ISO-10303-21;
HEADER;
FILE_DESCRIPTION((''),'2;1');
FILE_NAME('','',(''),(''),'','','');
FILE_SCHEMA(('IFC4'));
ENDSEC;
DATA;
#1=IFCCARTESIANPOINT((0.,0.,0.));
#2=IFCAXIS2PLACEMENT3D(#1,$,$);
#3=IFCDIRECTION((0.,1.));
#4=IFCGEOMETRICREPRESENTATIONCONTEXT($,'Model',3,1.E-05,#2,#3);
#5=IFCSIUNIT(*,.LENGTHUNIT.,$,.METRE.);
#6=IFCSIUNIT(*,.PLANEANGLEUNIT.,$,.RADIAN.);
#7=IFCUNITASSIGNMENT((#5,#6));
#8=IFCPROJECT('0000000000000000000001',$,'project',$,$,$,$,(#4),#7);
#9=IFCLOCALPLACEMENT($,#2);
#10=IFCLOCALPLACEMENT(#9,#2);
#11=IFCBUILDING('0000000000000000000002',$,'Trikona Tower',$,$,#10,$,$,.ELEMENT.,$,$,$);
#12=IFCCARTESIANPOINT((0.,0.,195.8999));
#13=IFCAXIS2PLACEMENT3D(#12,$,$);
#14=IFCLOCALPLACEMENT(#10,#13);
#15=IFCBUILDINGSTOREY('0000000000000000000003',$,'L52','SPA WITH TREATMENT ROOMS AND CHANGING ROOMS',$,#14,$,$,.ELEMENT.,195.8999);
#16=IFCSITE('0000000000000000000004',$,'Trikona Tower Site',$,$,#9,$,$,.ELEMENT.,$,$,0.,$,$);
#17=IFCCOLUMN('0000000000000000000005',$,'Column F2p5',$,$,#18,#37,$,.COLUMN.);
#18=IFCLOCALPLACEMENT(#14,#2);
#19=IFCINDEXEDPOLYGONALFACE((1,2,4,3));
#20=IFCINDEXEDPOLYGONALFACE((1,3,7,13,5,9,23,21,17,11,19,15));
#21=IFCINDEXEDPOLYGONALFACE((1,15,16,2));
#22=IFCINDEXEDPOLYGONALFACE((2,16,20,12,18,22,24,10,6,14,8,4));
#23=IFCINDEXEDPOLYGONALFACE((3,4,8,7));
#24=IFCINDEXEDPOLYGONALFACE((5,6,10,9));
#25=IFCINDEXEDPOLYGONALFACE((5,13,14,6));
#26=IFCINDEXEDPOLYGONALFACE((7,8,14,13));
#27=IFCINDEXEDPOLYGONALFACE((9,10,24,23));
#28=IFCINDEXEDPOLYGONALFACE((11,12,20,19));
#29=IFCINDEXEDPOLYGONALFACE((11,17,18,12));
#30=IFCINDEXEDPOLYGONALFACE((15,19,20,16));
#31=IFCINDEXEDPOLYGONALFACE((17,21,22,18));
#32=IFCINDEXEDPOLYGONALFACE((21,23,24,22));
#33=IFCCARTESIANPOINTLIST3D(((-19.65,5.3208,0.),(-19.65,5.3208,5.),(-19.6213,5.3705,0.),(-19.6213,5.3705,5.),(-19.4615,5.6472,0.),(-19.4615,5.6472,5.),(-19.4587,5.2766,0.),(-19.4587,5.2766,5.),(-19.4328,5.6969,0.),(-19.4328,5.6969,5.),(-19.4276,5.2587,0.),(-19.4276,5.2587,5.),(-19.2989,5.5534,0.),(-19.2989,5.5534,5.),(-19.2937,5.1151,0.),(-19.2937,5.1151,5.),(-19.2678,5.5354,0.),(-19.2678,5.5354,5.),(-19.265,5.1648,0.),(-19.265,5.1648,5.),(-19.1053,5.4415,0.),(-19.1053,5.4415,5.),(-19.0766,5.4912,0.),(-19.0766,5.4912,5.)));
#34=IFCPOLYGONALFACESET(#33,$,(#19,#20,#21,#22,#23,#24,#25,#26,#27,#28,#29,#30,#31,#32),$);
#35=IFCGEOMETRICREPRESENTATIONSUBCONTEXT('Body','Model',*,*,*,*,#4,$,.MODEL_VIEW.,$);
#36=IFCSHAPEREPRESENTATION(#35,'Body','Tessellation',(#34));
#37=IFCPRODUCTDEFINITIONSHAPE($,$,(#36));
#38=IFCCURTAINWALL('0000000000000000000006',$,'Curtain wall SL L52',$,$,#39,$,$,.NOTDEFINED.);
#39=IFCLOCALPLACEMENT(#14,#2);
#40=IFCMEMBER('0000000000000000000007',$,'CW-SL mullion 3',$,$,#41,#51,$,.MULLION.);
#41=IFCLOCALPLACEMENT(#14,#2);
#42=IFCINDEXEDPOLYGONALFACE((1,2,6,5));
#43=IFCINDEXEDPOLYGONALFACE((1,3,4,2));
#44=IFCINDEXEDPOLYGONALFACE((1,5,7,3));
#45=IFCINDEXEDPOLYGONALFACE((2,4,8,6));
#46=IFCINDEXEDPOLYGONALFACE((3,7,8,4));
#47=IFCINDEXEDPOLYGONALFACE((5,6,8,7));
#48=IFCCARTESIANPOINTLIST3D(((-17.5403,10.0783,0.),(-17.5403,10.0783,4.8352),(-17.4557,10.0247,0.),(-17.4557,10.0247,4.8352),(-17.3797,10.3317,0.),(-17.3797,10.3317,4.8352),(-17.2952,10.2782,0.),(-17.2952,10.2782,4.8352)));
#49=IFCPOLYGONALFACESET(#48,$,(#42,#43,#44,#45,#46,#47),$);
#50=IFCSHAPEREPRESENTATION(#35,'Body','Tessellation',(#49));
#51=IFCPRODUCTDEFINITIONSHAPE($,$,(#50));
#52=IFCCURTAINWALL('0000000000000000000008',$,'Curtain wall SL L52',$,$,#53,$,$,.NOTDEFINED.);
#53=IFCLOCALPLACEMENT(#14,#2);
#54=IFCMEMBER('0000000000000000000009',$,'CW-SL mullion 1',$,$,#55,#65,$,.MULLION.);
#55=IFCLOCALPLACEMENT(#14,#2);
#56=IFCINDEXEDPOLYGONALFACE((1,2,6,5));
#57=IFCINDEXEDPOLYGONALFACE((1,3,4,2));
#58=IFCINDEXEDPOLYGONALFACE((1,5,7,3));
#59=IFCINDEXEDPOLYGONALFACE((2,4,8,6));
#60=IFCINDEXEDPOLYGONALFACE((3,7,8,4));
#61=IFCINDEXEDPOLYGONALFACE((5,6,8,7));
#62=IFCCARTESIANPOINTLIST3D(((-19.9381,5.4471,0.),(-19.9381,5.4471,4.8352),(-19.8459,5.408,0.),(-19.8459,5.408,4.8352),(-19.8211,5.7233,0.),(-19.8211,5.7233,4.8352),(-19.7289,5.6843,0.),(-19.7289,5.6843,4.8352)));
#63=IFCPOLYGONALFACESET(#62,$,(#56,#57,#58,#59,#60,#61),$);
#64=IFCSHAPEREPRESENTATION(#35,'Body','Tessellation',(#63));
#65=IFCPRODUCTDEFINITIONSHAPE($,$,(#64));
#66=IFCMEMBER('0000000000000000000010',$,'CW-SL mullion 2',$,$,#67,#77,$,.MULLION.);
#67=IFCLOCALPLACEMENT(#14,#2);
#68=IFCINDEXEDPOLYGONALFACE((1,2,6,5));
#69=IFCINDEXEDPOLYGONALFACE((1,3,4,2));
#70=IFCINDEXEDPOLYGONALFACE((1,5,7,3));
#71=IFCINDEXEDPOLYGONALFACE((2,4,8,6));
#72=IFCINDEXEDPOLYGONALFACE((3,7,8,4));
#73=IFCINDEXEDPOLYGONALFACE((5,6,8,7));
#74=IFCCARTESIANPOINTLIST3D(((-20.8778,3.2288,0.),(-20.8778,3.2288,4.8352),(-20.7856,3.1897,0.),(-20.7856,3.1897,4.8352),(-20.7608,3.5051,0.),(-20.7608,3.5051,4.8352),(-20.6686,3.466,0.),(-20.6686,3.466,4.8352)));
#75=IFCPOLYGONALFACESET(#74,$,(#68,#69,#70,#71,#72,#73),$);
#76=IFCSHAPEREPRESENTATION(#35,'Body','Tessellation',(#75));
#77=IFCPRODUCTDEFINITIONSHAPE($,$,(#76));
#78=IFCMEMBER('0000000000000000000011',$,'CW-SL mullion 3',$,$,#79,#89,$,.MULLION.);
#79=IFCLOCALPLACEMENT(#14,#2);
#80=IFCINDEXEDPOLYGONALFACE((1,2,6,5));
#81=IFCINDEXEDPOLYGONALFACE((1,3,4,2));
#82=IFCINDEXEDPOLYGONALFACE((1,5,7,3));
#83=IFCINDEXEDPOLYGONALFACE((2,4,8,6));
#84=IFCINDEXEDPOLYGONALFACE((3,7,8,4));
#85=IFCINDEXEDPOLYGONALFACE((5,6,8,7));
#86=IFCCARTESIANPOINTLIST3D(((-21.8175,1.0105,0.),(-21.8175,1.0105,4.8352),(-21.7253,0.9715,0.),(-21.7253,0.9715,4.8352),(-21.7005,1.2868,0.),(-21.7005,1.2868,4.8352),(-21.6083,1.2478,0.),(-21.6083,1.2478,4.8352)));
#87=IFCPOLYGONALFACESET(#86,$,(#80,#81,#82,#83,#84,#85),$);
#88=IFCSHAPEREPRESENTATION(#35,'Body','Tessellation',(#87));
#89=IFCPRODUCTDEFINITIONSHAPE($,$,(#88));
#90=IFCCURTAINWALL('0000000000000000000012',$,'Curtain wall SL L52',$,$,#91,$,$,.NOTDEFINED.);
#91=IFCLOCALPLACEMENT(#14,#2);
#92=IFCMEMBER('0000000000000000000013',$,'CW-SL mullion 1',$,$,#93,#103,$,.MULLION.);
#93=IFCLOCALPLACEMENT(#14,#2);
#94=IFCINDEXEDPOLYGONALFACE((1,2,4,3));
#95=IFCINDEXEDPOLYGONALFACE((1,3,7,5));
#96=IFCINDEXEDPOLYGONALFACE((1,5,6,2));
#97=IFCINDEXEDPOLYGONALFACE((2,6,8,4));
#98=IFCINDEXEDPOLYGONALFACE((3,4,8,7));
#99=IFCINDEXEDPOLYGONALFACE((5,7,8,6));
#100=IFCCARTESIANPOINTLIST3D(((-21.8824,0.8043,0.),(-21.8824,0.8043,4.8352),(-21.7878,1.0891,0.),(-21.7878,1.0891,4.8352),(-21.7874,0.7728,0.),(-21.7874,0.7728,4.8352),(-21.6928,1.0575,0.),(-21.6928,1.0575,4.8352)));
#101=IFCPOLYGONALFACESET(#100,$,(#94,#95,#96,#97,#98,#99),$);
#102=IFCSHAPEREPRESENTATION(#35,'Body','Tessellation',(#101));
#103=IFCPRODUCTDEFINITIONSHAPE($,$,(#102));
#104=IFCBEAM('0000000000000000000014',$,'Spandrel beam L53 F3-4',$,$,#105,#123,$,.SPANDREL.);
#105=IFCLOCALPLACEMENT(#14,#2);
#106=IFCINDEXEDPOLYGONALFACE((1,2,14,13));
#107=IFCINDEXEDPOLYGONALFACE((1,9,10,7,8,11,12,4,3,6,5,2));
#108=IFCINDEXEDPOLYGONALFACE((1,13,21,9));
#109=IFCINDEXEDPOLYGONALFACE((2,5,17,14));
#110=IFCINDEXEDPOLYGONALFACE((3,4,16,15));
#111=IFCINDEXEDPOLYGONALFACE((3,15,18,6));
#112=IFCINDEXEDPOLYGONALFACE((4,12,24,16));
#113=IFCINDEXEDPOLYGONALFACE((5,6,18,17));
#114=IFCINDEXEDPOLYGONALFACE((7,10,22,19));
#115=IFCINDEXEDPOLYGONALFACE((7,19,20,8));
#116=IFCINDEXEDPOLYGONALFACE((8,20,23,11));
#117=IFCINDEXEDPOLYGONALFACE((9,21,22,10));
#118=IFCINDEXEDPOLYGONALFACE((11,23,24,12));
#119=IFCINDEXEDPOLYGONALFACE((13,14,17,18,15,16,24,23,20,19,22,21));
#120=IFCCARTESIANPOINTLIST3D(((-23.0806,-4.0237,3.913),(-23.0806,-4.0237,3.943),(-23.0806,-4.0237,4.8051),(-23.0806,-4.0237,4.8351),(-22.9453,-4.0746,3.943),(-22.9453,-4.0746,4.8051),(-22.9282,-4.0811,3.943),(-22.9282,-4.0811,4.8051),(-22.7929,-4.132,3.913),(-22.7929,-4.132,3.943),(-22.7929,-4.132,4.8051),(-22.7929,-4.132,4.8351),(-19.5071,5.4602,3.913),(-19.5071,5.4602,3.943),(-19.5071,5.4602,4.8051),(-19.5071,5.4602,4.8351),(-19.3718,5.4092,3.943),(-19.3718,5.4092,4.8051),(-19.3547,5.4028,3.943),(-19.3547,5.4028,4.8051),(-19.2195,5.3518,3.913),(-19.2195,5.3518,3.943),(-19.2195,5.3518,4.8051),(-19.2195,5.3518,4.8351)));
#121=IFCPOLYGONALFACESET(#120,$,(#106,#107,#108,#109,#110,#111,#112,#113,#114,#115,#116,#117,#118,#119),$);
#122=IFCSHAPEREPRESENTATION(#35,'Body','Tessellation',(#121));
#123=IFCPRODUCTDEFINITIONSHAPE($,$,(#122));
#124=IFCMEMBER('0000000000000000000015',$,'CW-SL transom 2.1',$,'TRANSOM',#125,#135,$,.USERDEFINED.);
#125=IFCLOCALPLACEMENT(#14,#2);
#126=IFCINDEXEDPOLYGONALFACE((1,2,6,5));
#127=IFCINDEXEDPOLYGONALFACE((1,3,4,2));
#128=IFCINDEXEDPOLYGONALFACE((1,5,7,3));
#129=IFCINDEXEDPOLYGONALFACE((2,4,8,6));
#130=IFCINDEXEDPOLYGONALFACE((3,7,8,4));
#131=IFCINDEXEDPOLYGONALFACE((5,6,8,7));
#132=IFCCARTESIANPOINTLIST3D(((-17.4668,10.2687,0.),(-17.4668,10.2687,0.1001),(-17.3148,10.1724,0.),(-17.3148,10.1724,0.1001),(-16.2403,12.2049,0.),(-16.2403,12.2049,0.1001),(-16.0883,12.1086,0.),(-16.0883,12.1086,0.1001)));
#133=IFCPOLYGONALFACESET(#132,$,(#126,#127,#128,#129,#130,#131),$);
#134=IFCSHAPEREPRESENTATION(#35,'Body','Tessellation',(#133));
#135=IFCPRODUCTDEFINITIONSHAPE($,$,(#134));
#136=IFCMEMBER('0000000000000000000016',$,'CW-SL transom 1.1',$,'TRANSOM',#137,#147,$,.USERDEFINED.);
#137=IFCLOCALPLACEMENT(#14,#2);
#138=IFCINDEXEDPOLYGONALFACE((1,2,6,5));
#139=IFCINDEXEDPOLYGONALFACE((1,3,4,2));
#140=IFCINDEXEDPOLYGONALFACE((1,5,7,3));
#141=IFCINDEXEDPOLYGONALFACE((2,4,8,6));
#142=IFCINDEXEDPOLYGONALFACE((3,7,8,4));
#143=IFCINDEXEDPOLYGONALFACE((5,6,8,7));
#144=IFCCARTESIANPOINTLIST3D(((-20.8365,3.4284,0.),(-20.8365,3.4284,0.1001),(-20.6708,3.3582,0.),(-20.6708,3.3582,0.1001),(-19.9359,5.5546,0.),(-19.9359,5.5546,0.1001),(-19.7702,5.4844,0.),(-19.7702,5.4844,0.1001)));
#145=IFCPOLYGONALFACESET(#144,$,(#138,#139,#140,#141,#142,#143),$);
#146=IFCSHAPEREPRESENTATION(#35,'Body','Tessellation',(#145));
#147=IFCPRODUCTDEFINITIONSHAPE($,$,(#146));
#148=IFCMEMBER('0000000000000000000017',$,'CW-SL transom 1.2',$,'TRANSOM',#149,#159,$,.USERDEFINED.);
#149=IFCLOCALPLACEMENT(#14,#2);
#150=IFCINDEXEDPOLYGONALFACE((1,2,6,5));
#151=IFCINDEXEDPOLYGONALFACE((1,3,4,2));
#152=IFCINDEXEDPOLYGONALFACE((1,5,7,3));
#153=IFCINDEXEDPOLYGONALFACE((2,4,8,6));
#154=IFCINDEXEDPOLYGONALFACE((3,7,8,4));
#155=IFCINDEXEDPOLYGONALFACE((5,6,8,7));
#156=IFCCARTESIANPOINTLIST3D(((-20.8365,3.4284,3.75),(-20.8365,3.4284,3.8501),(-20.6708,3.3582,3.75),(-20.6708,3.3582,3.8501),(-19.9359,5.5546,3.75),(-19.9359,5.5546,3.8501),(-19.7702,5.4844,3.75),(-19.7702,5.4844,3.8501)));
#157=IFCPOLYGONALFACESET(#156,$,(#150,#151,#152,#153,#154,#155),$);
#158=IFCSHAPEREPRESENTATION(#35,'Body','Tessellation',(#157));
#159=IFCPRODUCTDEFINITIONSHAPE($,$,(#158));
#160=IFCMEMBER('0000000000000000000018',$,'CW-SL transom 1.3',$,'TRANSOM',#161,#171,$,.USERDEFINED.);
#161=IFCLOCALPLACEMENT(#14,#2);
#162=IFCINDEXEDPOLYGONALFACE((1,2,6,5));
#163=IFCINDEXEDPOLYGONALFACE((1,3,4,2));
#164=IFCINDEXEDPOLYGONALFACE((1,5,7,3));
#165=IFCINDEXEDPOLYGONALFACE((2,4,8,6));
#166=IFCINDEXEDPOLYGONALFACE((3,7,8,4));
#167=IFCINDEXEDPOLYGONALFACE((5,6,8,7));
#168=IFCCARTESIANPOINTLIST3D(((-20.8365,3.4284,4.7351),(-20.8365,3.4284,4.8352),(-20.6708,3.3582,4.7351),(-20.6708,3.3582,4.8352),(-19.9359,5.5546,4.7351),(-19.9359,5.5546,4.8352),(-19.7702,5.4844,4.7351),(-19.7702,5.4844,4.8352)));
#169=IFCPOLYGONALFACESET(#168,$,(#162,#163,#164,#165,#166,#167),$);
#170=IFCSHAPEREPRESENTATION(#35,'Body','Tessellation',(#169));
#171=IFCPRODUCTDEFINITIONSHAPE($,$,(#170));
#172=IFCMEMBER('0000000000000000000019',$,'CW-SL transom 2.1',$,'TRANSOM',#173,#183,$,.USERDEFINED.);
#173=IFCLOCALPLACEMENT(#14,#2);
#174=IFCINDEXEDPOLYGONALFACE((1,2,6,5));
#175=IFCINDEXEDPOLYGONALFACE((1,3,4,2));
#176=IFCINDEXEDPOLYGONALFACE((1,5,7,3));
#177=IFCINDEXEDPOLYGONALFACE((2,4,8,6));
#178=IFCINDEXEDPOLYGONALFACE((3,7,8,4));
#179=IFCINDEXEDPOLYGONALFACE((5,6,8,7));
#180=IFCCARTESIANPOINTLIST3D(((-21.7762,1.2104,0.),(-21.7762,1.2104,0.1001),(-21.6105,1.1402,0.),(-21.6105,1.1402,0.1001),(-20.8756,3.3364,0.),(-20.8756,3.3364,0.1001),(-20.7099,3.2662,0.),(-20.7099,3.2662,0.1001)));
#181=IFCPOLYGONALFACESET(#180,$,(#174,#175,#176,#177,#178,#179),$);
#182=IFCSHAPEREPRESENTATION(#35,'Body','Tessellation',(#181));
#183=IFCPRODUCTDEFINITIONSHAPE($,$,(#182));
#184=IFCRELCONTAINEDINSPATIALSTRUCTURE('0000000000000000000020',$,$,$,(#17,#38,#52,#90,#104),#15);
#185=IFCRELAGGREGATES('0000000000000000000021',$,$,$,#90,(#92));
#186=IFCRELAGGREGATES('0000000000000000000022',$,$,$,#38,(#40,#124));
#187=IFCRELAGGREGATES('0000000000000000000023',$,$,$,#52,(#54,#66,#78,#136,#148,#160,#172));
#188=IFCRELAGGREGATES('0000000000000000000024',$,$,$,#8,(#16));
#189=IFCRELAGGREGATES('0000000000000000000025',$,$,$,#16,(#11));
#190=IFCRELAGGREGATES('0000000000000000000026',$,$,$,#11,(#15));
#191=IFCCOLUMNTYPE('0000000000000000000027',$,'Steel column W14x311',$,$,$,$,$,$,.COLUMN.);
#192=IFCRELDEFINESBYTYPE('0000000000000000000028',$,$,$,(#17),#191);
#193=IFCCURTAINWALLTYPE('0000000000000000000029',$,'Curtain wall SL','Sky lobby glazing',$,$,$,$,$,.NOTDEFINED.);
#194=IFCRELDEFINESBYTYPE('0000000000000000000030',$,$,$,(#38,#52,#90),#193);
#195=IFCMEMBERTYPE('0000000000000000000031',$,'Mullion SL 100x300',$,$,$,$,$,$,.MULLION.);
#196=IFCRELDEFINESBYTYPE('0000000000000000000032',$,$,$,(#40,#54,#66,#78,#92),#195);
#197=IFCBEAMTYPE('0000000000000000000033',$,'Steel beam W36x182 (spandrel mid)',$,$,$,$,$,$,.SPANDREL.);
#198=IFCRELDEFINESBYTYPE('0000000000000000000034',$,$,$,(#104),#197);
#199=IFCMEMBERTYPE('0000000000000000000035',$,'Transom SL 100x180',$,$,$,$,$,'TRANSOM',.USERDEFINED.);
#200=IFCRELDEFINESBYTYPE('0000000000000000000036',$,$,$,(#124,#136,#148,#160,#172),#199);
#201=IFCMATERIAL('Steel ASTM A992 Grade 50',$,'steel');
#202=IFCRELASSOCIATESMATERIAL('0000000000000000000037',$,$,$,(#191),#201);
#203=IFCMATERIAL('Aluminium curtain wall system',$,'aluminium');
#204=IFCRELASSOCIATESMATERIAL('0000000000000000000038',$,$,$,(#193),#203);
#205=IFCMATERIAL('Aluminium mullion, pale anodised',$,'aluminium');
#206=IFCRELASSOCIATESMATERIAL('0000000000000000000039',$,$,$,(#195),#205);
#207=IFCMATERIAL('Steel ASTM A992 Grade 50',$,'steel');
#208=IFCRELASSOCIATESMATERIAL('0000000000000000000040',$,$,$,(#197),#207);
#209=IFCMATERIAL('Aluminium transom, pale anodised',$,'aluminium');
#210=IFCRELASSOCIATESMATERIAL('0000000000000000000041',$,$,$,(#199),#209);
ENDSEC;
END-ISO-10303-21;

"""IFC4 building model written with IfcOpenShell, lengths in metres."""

from ifc_helpers import new_model, si_unit, direction, frame, origin, origin_2d, place, context, subcontext, project, spatial, rectangle, i_section, extrude, material, material_profile, profile_set, type_object, element, aggregate, save


model = new_model("IFC4")

# Units and contexts
model_context = context("Model", 3, precision=1e-05, world=origin(), true_north=direction((0.0, 1.0)))
body_context = subcontext(model_context, "Body", "Model", "MODEL_VIEW")
ifc_project = project(units=[si_unit("LENGTHUNIT", "METRE"), si_unit("PLANEANGLEUNIT", "RADIAN")], contexts=[model_context])

# Site, building, storey
site_placement = place(None, origin())
site = spatial("IfcSite", under=ifc_project, at=site_placement, Name="Trikona Tower Site", CompositionType="ELEMENT", RefElevation=0.0)
building_placement = place(site_placement, origin())
building = spatial("IfcBuilding", under=site, at=building_placement, Name="Trikona Tower", CompositionType="ELEMENT")
storey_placement = place(building_placement, frame((0.0, 0.0, 195.8999)))
storey = spatial("IfcBuildingStorey", under=building, at=storey_placement, Name="L52", Description="SPA WITH TREATMENT ROOMS AND CHANGING ROOMS", CompositionType="ELEMENT", Elevation=195.8999)

# Column
ifc_material_1 = material(Name="Steel ASTM A992 Grade 50", Category="steel")
ifc_material_profile_1 = material_profile(ifc_material_1, i_section(OverallWidth=0.4114, OverallDepth=0.4343, WebThickness=0.0359, FlangeThickness=0.0574, at=origin_2d()), Name="W14X311")
ifc_profile_set_1 = profile_set([ifc_material_profile_1], Name="Steel ASTM A992 Grade 50")
column_type = type_object("IfcColumnType", Name="Steel column W14x311", PredefinedType="COLUMN", material=ifc_profile_set_1)
column_placement = place(storey_placement, frame((-19.3633, 5.406, 0.0), z_axis=(0.0, 0.0, 1.0), x_axis=(-0.866025, 0.5, 0.0)))
element("IfcColumn", 1, at=column_placement, inside=storey, type_object=column_type, Name="Column F2p5", PredefinedType="COLUMN", context=body_context, shape_type="SweptSolid", body=[
    extrude(i_section(OverallWidth=0.4114, OverallDepth=0.4343, WebThickness=0.0359, FlangeThickness=0.0574, at=origin_2d()), origin(), (0.0, 0.0, 1.0), 5.0),
])

# Curtain wall, member
ifc_material_2 = material(Name="Aluminium curtain wall system", Category="aluminium")
curtain_wall_type = type_object("IfcCurtainWallType", Name="Curtain wall SL", Description="Sky lobby glazing", PredefinedType="NOTDEFINED", material=ifc_material_2)
curtain_wall_1_placement = place(storey_placement, origin())
curtain_wall_1 = element("IfcCurtainWall", 2, at=curtain_wall_1_placement, inside=storey, type_object=curtain_wall_type, Name="Curtain wall SL L52", PredefinedType="NOTDEFINED")
ifc_material_3 = material(Name="Aluminium mullion, pale anodised", Category="aluminium")
ifc_material_profile_2 = material_profile(ifc_material_3, rectangle(XDim=0.1001, YDim=0.3, at=origin_2d()), Name="MUL-SL")
ifc_profile_set_2 = profile_set([ifc_material_profile_2], Name="Aluminium mullion, pale anodised")
member_type_1 = type_object("IfcMemberType", Name="Mullion SL 100x300", PredefinedType="MULLION", material=ifc_profile_set_2)
member_1_placement = place(storey_placement, frame((-17.4177, 10.1782, 0.0), z_axis=(0.0, 0.0, 1.0), x_axis=(0.844718, -0.535212, 0.0)))
member_1 = element("IfcMember", 3, at=member_1_placement, type_object=member_type_1, Name="CW-SL mullion 3", PredefinedType="MULLION", context=body_context, shape_type="SweptSolid", body=[
    extrude(rectangle(XDim=0.1001, YDim=0.3, at=origin_2d()), origin(), (0.0, 0.0, 1.0), 4.8352),
])

# Curtain wall, members
curtain_wall_2_placement = place(storey_placement, origin())
curtain_wall_2 = element("IfcCurtainWall", 4, at=curtain_wall_2_placement, inside=storey, type_object=curtain_wall_type, Name="Curtain wall SL L52", PredefinedType="NOTDEFINED")
member_2_placement = place(storey_placement, frame((-19.8335, 5.5657, 0.0), z_axis=(0.0, 0.0, 1.0), x_axis=(0.920792, -0.390053, 0.0)))
member_2 = element("IfcMember", 5, at=member_2_placement, type_object=member_type_1, Name="CW-SL mullion 1", PredefinedType="MULLION", context=body_context, shape_type="SweptSolid", body=[
    extrude(rectangle(XDim=0.1001, YDim=0.3, at=origin_2d()), origin(), (0.0, 0.0, 1.0), 4.8352),
])
member_3_placement = place(storey_placement, frame((-20.7732, 3.3474, 0.0), z_axis=(0.0, 0.0, 1.0), x_axis=(0.920792, -0.390053, 0.0)))
member_3 = element("IfcMember", 6, at=member_3_placement, type_object=member_type_1, Name="CW-SL mullion 2", PredefinedType="MULLION", context=body_context, shape_type="SweptSolid", body=[
    extrude(rectangle(XDim=0.1001, YDim=0.3, at=origin_2d()), origin(), (0.0, 0.0, 1.0), 4.8352),
])
member_4_placement = place(storey_placement, frame((-21.7129, 1.1292, 0.0), z_axis=(0.0, 0.0, 1.0), x_axis=(0.920792, -0.390053, 0.0)))
member_4 = element("IfcMember", 7, at=member_4_placement, type_object=member_type_1, Name="CW-SL mullion 3", PredefinedType="MULLION", context=body_context, shape_type="SweptSolid", body=[
    extrude(rectangle(XDim=0.1001, YDim=0.3, at=origin_2d()), origin(), (0.0, 0.0, 1.0), 4.8352),
])

# Curtain wall, member
curtain_wall_3_placement = place(storey_placement, origin())
curtain_wall_3 = element("IfcCurtainWall", 8, at=curtain_wall_3_placement, inside=storey, type_object=curtain_wall_type, Name="Curtain wall SL L52", PredefinedType="NOTDEFINED")
member_5_placement = place(storey_placement, frame((-21.7876, 0.9309, 0.0), z_axis=(0.0, 0.0, 1.0), x_axis=(0.94906, -0.315096, 0.0)))
member_5 = element("IfcMember", 9, at=member_5_placement, type_object=member_type_1, Name="CW-SL mullion 1", PredefinedType="MULLION", context=body_context, shape_type="SweptSolid", body=[
    extrude(rectangle(XDim=0.1001, YDim=0.3, at=origin_2d()), origin(), (0.0, 0.0, 1.0), 4.8352),
])

# Beam
ifc_material_4 = material(Name="Steel ASTM A992 Grade 50", Category="steel")
ifc_material_profile_3 = material_profile(ifc_material_4, i_section(OverallWidth=0.3074, OverallDepth=0.9221, WebThickness=0.0183, FlangeThickness=0.03, at=origin_2d()), Name="W36X182")
ifc_profile_set_3 = profile_set([ifc_material_profile_3], Name="Steel ASTM A992 Grade 50")
beam_type = type_object("IfcBeamType", Name="Steel beam W36x182 (spandrel mid)", PredefinedType="SPANDREL", material=ifc_profile_set_3)
beam_placement = place(storey_placement, frame((-19.3633, 5.406, 4.374), z_axis=(-0.352596, -0.935776, 0.0), x_axis=(0.935776, -0.352596, 0.0)))
element("IfcBeam", 10, at=beam_placement, inside=storey, type_object=beam_type, Name="Spandrel beam L53 F3-4", PredefinedType="SPANDREL", context=body_context, shape_type="SweptSolid", body=[
    extrude(i_section(OverallWidth=0.3074, OverallDepth=0.9221, WebThickness=0.0183, FlangeThickness=0.03, at=origin_2d()), origin(), (0.0, 0.0, 1.0), 10.1348),
])

# Members
ifc_material_5 = material(Name="Aluminium transom, pale anodised", Category="aluminium")
ifc_material_profile_4 = material_profile(ifc_material_5, rectangle(XDim=0.1799, YDim=0.1001, at=origin_2d()), Name="TRN-SL")
ifc_profile_set_4 = profile_set([ifc_material_profile_4], Name="Aluminium transom, pale anodised")
member_type_2 = type_object("IfcMemberType", Name="Transom SL 100x180", ElementType="TRANSOM", PredefinedType="USERDEFINED", material=ifc_profile_set_4)
member_6_placement = place(storey_placement, frame((-16.1643, 12.1567, 0.05), z_axis=(-0.535131, -0.844769, 0.0), x_axis=(0.844769, -0.535131, 0.0)))
member_6 = element("IfcMember", 11, at=member_6_placement, type_object=member_type_2, Name="CW-SL transom 2.1", ObjectType="TRANSOM", PredefinedType="USERDEFINED", context=body_context, shape_type="SweptSolid", body=[
    extrude(rectangle(XDim=0.1799, YDim=0.1001, at=origin_2d()), origin(), (0.0, 0.0, 1.0), 2.292),
])
member_7_placement = place(storey_placement, frame((-19.853, 5.5195, 0.05), z_axis=(-0.390037, -0.920799, 0.0), x_axis=(0.920799, -0.390037, 0.0)))
member_7 = element("IfcMember", 12, at=member_7_placement, type_object=member_type_2, Name="CW-SL transom 1.1", ObjectType="TRANSOM", PredefinedType="USERDEFINED", context=body_context, shape_type="SweptSolid", body=[
    extrude(rectangle(XDim=0.1799, YDim=0.1001, at=origin_2d()), origin(), (0.0, 0.0, 1.0), 2.3091),
])
member_8_placement = place(storey_placement, frame((-19.853, 5.5195, 3.8), z_axis=(-0.390037, -0.920799, 0.0), x_axis=(0.920799, -0.390037, 0.0)))
member_8 = element("IfcMember", 13, at=member_8_placement, type_object=member_type_2, Name="CW-SL transom 1.2", ObjectType="TRANSOM", PredefinedType="USERDEFINED", context=body_context, shape_type="SweptSolid", body=[
    extrude(rectangle(XDim=0.1799, YDim=0.1001, at=origin_2d()), origin(), (0.0, 0.0, 1.0), 2.3091),
])
member_9_placement = place(storey_placement, frame((-19.853, 5.5195, 4.7852), z_axis=(-0.390037, -0.920799, 0.0), x_axis=(0.920799, -0.390037, 0.0)))
member_9 = element("IfcMember", 14, at=member_9_placement, type_object=member_type_2, Name="CW-SL transom 1.3", ObjectType="TRANSOM", PredefinedType="USERDEFINED", context=body_context, shape_type="SweptSolid", body=[
    extrude(rectangle(XDim=0.1799, YDim=0.1001, at=origin_2d()), origin(), (0.0, 0.0, 1.0), 2.3091),
])
member_10_placement = place(storey_placement, frame((-20.7927, 3.3013, 0.05), z_axis=(-0.390075, -0.920783, 0.0), x_axis=(0.920783, -0.390075, 0.0)))
member_10 = element("IfcMember", 15, at=member_10_placement, type_object=member_type_2, Name="CW-SL transom 2.1", ObjectType="TRANSOM", PredefinedType="USERDEFINED", context=body_context, shape_type="SweptSolid", body=[
    extrude(rectangle(XDim=0.1799, YDim=0.1001, at=origin_2d()), origin(), (0.0, 0.0, 1.0), 2.3088),
])
aggregate(curtain_wall_3, [member_5])

aggregate(curtain_wall_1, [member_1, member_6])
aggregate(curtain_wall_2, [member_2, member_3, member_4, member_7, member_8, member_9, member_10])

save(model, "model.ifc")
